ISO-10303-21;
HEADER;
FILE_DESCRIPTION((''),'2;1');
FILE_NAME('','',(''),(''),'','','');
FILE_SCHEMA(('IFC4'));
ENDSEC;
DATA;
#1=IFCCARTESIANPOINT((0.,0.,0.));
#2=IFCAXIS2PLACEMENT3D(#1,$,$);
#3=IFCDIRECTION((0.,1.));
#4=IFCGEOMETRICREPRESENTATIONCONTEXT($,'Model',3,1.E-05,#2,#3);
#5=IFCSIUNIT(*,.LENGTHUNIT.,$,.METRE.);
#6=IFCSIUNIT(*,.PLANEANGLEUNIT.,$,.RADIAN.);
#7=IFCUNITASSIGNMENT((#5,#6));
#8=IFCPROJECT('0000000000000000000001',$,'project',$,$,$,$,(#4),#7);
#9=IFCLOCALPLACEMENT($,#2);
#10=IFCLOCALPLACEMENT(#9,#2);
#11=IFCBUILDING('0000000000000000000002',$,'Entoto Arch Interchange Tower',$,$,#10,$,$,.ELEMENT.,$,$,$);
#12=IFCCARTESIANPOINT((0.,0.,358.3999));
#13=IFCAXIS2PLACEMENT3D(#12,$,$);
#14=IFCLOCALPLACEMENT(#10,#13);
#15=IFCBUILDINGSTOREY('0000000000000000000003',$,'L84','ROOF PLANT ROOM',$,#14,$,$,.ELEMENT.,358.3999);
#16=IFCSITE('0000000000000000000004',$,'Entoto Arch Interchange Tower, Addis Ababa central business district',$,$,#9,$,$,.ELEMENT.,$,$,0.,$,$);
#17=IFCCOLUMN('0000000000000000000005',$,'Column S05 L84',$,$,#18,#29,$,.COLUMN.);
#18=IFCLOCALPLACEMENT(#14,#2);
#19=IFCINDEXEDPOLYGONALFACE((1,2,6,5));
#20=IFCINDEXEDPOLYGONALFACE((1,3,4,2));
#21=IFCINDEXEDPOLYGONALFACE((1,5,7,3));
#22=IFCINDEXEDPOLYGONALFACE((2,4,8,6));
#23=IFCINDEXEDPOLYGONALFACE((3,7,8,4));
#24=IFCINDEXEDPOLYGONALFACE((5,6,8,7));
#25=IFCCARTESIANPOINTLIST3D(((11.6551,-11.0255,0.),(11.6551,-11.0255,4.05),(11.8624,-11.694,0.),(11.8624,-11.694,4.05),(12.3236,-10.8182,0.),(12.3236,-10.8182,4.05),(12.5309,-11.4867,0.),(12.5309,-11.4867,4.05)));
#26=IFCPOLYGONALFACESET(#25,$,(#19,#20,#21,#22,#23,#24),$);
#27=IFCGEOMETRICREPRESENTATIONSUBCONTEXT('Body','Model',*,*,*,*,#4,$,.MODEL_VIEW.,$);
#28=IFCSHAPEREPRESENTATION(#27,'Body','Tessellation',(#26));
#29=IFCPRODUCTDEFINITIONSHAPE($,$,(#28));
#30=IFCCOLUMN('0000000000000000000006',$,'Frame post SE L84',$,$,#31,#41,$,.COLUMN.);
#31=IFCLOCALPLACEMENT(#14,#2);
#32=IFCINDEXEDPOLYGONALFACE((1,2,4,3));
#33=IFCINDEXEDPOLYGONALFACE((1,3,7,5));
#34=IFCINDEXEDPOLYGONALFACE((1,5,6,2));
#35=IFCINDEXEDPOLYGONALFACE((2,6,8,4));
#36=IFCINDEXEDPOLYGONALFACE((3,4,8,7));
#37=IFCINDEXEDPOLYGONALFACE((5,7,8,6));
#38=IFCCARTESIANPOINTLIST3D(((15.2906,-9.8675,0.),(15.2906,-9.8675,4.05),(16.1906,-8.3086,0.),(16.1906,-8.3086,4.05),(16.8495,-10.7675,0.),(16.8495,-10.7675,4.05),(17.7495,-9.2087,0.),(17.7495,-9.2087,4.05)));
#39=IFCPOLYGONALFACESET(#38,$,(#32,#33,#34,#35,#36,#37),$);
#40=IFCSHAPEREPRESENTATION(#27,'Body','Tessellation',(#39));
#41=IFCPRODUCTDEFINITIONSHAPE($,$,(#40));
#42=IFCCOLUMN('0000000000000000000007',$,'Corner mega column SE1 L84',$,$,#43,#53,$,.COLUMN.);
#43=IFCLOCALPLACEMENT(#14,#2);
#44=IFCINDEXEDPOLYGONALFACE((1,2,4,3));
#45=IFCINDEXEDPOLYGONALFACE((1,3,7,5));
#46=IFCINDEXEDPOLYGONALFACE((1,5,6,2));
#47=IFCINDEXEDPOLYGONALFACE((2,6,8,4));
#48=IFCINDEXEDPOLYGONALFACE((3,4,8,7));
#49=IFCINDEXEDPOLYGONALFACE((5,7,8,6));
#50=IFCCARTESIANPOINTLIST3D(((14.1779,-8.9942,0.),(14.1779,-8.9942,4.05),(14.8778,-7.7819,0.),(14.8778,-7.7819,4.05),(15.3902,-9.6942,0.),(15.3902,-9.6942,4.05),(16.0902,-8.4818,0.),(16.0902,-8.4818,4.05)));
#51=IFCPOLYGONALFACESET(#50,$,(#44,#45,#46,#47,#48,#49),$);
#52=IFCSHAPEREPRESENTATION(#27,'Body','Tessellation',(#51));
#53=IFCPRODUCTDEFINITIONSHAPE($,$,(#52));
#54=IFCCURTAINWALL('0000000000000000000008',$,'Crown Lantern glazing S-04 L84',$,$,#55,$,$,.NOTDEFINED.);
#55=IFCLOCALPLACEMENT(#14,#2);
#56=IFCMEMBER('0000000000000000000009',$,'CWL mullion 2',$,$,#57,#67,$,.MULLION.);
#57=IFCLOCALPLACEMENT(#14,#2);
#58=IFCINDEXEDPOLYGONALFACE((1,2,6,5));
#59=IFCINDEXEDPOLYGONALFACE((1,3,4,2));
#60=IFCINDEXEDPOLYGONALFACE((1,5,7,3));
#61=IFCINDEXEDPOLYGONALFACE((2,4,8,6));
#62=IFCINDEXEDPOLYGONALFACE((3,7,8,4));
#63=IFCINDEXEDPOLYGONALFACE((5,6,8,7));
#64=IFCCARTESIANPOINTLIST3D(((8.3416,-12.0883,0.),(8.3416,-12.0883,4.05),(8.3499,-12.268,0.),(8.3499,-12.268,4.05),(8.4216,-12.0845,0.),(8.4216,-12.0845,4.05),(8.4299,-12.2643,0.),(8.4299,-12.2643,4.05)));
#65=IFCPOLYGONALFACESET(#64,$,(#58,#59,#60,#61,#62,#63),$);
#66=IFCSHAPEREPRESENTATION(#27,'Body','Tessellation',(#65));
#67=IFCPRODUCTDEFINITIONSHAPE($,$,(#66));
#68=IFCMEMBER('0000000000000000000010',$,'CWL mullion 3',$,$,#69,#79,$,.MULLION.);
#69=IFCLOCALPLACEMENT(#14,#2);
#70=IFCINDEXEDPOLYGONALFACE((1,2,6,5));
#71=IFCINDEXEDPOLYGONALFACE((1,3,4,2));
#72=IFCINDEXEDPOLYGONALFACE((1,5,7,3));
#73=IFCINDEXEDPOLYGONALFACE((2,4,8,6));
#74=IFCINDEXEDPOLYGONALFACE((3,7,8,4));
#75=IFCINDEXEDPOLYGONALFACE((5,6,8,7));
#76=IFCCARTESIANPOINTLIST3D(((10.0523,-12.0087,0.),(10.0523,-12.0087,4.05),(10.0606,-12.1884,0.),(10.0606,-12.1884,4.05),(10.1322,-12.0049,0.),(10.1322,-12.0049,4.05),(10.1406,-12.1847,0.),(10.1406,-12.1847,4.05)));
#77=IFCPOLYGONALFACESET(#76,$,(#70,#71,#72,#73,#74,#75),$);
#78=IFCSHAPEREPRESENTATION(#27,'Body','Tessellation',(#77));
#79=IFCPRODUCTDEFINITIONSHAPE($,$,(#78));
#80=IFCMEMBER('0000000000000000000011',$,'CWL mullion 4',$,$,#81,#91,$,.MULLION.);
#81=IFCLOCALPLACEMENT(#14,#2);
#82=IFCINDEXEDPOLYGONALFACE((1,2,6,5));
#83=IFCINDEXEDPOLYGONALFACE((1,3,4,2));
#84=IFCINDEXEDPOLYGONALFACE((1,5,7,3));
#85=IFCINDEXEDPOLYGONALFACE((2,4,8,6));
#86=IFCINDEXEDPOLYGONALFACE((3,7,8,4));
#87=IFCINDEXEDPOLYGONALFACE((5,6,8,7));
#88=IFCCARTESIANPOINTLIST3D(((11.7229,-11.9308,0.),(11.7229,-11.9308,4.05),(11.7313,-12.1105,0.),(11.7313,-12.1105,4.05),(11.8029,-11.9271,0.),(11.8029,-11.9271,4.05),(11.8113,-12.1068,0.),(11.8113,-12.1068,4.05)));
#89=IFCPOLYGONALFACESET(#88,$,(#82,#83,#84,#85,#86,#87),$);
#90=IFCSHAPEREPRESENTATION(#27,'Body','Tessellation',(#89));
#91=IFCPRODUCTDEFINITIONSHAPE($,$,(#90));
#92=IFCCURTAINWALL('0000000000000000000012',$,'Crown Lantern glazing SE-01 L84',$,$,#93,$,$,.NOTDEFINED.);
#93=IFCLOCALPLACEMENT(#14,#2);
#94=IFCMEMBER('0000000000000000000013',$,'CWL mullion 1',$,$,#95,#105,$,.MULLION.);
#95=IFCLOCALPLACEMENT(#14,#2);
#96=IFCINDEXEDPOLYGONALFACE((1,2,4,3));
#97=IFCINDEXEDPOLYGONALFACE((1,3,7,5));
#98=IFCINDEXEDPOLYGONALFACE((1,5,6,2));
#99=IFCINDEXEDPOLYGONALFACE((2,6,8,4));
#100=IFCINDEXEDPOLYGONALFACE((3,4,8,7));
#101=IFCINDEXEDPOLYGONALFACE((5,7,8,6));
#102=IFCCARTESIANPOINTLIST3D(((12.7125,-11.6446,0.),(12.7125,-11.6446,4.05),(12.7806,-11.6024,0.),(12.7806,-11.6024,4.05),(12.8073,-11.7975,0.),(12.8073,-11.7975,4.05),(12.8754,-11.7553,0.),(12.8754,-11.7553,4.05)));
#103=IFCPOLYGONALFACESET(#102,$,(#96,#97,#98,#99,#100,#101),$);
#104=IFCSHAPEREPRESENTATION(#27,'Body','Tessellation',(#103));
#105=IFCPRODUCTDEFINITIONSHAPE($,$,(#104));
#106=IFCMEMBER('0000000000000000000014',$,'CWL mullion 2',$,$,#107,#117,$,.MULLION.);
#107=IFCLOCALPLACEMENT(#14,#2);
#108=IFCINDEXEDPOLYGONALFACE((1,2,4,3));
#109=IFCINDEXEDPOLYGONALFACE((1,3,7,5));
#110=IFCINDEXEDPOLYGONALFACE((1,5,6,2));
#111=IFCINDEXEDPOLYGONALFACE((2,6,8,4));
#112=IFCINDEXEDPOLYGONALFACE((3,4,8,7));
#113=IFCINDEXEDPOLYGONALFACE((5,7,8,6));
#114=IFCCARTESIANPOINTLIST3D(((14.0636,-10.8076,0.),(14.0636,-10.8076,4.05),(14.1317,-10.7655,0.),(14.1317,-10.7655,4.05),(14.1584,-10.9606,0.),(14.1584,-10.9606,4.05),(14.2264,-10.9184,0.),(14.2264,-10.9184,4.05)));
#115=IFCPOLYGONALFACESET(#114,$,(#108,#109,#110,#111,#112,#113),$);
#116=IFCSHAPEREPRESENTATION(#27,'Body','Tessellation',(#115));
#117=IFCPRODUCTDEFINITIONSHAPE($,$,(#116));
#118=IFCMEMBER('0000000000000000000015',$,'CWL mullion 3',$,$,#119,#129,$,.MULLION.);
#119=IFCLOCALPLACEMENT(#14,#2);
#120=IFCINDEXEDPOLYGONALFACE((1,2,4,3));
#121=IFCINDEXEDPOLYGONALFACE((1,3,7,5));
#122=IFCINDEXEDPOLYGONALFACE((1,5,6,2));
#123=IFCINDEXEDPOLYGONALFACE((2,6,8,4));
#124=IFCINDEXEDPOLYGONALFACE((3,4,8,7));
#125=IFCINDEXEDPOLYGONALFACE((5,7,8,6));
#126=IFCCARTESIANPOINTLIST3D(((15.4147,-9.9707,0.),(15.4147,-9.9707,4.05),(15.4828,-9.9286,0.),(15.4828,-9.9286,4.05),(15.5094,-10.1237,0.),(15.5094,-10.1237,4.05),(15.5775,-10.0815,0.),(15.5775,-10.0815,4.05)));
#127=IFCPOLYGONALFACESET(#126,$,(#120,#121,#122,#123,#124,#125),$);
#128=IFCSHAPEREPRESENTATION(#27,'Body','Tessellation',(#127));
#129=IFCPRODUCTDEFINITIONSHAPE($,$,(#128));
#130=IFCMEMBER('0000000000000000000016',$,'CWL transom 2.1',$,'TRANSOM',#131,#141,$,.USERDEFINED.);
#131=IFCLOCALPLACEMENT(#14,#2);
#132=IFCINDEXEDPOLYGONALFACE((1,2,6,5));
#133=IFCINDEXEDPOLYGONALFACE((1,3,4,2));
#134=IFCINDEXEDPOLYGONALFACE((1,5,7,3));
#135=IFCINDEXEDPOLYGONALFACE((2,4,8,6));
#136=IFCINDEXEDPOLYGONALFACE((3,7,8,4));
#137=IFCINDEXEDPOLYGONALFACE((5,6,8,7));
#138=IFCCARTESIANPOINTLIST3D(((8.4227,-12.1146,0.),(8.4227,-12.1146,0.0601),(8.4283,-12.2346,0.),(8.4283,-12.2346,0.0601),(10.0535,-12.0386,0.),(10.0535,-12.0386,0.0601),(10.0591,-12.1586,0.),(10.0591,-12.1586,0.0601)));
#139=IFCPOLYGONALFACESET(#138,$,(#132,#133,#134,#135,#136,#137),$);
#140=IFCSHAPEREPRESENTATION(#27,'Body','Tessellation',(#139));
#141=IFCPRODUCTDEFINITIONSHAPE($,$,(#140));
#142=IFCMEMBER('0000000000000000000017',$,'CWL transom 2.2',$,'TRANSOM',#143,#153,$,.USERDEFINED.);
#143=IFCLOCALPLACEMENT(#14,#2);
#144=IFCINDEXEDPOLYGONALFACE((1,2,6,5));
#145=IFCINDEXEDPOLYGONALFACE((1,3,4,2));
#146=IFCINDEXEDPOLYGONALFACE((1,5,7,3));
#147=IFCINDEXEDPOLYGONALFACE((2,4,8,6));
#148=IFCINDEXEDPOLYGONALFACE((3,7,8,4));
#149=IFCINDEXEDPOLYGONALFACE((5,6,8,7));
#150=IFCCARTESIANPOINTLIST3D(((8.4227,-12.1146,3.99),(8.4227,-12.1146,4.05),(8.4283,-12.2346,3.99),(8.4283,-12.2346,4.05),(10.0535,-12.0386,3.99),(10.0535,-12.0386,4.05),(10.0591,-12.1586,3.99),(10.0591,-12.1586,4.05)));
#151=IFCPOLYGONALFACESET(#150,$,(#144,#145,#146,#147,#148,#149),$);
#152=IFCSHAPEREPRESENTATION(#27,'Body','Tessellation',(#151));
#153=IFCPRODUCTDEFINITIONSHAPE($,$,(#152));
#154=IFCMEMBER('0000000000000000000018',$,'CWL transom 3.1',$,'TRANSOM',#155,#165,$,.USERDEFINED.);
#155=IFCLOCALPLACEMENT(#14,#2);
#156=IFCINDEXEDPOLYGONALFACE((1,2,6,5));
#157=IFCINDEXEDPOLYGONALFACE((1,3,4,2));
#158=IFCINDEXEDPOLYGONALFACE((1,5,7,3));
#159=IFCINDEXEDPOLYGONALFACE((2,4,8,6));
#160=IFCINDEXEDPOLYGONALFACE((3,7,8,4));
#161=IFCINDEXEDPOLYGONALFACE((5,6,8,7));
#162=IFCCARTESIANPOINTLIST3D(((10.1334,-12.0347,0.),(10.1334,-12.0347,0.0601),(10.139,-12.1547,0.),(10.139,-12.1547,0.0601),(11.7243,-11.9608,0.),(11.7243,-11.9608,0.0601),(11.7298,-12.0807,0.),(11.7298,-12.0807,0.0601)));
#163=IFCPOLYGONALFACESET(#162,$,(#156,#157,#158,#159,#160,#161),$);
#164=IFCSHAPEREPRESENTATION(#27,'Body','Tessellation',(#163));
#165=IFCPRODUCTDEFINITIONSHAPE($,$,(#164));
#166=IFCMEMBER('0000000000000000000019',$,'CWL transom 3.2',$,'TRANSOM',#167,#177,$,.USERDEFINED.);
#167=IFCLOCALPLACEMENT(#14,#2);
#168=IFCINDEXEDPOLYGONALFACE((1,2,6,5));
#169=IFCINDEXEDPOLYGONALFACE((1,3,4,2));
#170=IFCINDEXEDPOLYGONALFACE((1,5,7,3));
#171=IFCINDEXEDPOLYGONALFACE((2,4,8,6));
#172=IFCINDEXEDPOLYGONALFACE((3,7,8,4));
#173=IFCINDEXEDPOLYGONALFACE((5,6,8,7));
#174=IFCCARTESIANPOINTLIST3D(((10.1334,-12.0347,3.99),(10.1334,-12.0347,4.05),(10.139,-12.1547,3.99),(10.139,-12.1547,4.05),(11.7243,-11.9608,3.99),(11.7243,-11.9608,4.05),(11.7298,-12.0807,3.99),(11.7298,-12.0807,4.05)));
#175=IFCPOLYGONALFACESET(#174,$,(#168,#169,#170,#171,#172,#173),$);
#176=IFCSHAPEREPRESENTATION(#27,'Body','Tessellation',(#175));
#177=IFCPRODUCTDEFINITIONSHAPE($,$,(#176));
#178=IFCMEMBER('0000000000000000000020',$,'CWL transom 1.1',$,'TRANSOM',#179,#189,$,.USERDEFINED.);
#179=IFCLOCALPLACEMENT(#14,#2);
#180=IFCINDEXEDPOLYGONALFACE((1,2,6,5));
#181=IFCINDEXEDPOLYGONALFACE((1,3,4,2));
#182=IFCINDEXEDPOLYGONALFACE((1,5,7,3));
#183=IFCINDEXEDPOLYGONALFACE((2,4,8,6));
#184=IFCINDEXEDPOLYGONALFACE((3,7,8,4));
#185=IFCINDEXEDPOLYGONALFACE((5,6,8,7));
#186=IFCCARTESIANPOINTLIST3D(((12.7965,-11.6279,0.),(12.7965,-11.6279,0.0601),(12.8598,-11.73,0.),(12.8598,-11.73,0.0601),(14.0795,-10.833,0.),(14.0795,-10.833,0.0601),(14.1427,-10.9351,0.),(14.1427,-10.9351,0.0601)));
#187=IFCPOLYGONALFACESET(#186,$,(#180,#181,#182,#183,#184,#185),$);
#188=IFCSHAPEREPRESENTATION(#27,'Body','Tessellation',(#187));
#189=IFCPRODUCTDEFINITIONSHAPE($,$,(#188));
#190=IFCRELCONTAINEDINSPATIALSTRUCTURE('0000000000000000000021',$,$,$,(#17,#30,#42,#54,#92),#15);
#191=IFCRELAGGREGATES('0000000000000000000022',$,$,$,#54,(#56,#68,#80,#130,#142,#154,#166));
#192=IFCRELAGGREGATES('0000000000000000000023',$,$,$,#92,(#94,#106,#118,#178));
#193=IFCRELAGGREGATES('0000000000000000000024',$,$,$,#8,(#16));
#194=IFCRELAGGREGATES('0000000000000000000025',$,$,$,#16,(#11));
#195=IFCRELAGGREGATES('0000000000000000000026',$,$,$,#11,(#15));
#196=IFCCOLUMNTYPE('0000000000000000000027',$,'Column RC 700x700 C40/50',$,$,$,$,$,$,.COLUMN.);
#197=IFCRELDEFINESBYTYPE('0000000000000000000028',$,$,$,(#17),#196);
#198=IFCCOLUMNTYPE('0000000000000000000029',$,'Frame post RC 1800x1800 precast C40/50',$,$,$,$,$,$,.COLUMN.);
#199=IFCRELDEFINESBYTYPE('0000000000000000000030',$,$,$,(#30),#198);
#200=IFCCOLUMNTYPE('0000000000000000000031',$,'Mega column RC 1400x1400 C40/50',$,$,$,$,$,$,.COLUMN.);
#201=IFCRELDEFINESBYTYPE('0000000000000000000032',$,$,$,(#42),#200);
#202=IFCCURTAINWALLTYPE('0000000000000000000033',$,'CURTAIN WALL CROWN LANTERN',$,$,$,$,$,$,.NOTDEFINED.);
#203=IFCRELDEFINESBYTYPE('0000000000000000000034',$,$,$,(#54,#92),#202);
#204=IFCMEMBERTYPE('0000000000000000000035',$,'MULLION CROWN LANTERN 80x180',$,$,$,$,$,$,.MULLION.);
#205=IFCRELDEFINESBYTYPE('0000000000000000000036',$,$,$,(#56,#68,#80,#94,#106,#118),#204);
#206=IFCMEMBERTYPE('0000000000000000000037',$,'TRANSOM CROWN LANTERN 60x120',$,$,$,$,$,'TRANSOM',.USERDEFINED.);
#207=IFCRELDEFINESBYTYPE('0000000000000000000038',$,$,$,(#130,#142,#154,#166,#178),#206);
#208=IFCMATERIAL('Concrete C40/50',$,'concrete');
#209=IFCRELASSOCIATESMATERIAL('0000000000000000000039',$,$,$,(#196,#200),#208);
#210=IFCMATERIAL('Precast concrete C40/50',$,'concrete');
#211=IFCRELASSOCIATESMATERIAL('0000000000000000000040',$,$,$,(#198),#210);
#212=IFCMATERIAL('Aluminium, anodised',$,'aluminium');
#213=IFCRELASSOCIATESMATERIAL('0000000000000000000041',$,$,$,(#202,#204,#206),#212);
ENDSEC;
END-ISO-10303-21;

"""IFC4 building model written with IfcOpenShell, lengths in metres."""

from ifc_helpers import new_model, si_unit, direction, frame, origin, origin_2d, place, context, subcontext, project, spatial, rectangle, extrude, material, material_profile, profile_set, type_object, element, aggregate, save


model = new_model("IFC4")

# Units and contexts
model_context = context("Model", 3, precision=1e-05, world=origin(), true_north=direction((0.0, 1.0)))
body_context = subcontext(model_context, "Body", "Model", "MODEL_VIEW")
ifc_project = project(units=[si_unit("LENGTHUNIT", "METRE"), si_unit("PLANEANGLEUNIT", "RADIAN")], contexts=[model_context])

# Site, building, storey
site_placement = place(None, origin())
site = spatial("IfcSite", under=ifc_project, at=site_placement, Name="Entoto Arch Interchange Tower, Addis Ababa central business district", CompositionType="ELEMENT", RefElevation=0.0)
building_placement = place(site_placement, origin())
building = spatial("IfcBuilding", under=site, at=building_placement, Name="Entoto Arch Interchange Tower", CompositionType="ELEMENT")
storey_placement = place(building_placement, frame((0.0, 0.0, 358.3999)))
storey = spatial("IfcBuildingStorey", under=building, at=storey_placement, Name="L84", Description="ROOF PLANT ROOM", CompositionType="ELEMENT", Elevation=358.3999)

# Columns
ifc_material_1 = material(Name="Concrete C40/50", Category="concrete")
ifc_material_profile_1 = material_profile(ifc_material_1, rectangle(XDim=0.7, YDim=0.7, at=origin_2d()))
ifc_profile_set_1 = profile_set([ifc_material_profile_1], Name="Concrete C40/50")
column_type_1 = type_object("IfcColumnType", Name="Column RC 700x700 C40/50", PredefinedType="COLUMN", material=ifc_profile_set_1)
column_1_placement = place(storey_placement, frame((12.093, -11.2561, 0.0), z_axis=(0.0, 0.0, 1.0), x_axis=(0.955139, 0.296158, 0.0)))
element("IfcColumn", 1, at=column_1_placement, inside=storey, type_object=column_type_1, Name="Column S05 L84", PredefinedType="COLUMN", context=body_context, shape_type="SweptSolid", body=[
    extrude(rectangle(XDim=0.7, YDim=0.7, at=origin_2d()), origin(), (0.0, 0.0, 1.0), 4.05),
])
ifc_material_2 = material(Name="Precast concrete C40/50", Category="concrete")
ifc_material_profile_2 = material_profile(ifc_material_2, rectangle(XDim=1.8, YDim=1.8, at=origin_2d()))
ifc_profile_set_2 = profile_set([ifc_material_profile_2], Name="Precast concrete C40/50")
column_type_2 = type_object("IfcColumnType", Name="Frame post RC 1800x1800 precast C40/50", PredefinedType="COLUMN", material=ifc_profile_set_2)
column_2_placement = place(storey_placement, frame((16.52, -9.5381, 0.0), z_axis=(0.0, 0.0, 1.0), x_axis=(-0.866025, 0.5, 0.0)))
element("IfcColumn", 2, at=column_2_placement, inside=storey, type_object=column_type_2, Name="Frame post SE L84", PredefinedType="COLUMN", context=body_context, shape_type="SweptSolid", body=[
    extrude(rectangle(XDim=1.8, YDim=1.8, at=origin_2d()), origin(), (0.0, 0.0, 1.0), 4.05),
])
ifc_material_profile_3 = material_profile(ifc_material_1, rectangle(XDim=1.3999, YDim=1.3999, at=origin_2d()))
ifc_profile_set_3 = profile_set([ifc_material_profile_3], Name="Concrete C40/50")
column_type_3 = type_object("IfcColumnType", Name="Mega column RC 1400x1400 C40/50", PredefinedType="COLUMN", material=ifc_profile_set_3)
column_3_placement = place(storey_placement, frame((15.134, -8.738, 0.0), z_axis=(0.0, 0.0, 1.0), x_axis=(-0.866025, 0.5, 0.0)))
element("IfcColumn", 3, at=column_3_placement, inside=storey, type_object=column_type_3, Name="Corner mega column SE1 L84", PredefinedType="COLUMN", context=body_context, shape_type="SweptSolid", body=[
    extrude(rectangle(XDim=1.3999, YDim=1.3999, at=origin_2d()), origin(), (0.0, 0.0, 1.0), 4.05),
])

# Curtain walls, members
ifc_material_3 = material(Name="Aluminium, anodised", Category="aluminium")
curtain_wall_type = type_object("IfcCurtainWallType", Name="CURTAIN WALL CROWN LANTERN", PredefinedType="NOTDEFINED", material=ifc_material_3)
curtain_wall_1_placement = place(storey_placement, origin())
curtain_wall_1 = element("IfcCurtainWall", 4, at=curtain_wall_1_placement, inside=storey, type_object=curtain_wall_type, Name="Crown Lantern glazing S-04 L84", PredefinedType="NOTDEFINED")
ifc_material_profile_4 = material_profile(ifc_material_3, rectangle(XDim=0.1799, YDim=0.0801, at=origin_2d()))
ifc_profile_set_4 = profile_set([ifc_material_profile_4], Name="Aluminium, anodised")
member_type_1 = type_object("IfcMemberType", Name="MULLION CROWN LANTERN 80x180", PredefinedType="MULLION", material=ifc_profile_set_4)
member_1_placement = place(storey_placement, frame((8.3857, -12.1763, 0.0), z_axis=(0.0, 0.0, 1.0), x_axis=(-0.04652, 0.998917, 0.0)))
member_1 = element("IfcMember", 5, at=member_1_placement, type_object=member_type_1, Name="CWL mullion 2", PredefinedType="MULLION", context=body_context, shape_type="SweptSolid", body=[
    extrude(rectangle(XDim=0.1799, YDim=0.0801, at=origin_2d()), origin(), (0.0, 0.0, 1.0), 4.05),
])
member_2_placement = place(storey_placement, frame((10.0964, -12.0967, 0.0), z_axis=(0.0, 0.0, 1.0), x_axis=(-0.04652, 0.998917, 0.0)))
member_2 = element("IfcMember", 6, at=member_2_placement, type_object=member_type_1, Name="CWL mullion 3", PredefinedType="MULLION", context=body_context, shape_type="SweptSolid", body=[
    extrude(rectangle(XDim=0.1799, YDim=0.0801, at=origin_2d()), origin(), (0.0, 0.0, 1.0), 4.05),
])
member_3_placement = place(storey_placement, frame((11.7671, -12.0188, 0.0), z_axis=(0.0, 0.0, 1.0), x_axis=(-0.04652, 0.998917, 0.0)))
member_3 = element("IfcMember", 7, at=member_3_placement, type_object=member_type_1, Name="CWL mullion 4", PredefinedType="MULLION", context=body_context, shape_type="SweptSolid", body=[
    extrude(rectangle(XDim=0.1799, YDim=0.0801, at=origin_2d()), origin(), (0.0, 0.0, 1.0), 4.05),
])
curtain_wall_2_placement = place(storey_placement, origin())
curtain_wall_2 = element("IfcCurtainWall", 8, at=curtain_wall_2_placement, inside=storey, type_object=curtain_wall_type, Name="Crown Lantern glazing SE-01 L84", PredefinedType="NOTDEFINED")
member_4_placement = place(storey_placement, frame((12.7939, -11.7, 0.0), z_axis=(0.0, 0.0, 1.0), x_axis=(-0.526629, 0.850095, 0.0)))
member_4 = element("IfcMember", 9, at=member_4_placement, type_object=member_type_1, Name="CWL mullion 1", PredefinedType="MULLION", context=body_context, shape_type="SweptSolid", body=[
    extrude(rectangle(XDim=0.1799, YDim=0.0801, at=origin_2d()), origin(), (0.0, 0.0, 1.0), 4.05),
])
member_5_placement = place(storey_placement, frame((14.145, -10.863, 0.0), z_axis=(0.0, 0.0, 1.0), x_axis=(-0.526629, 0.850095, 0.0)))
member_5 = element("IfcMember", 10, at=member_5_placement, type_object=member_type_1, Name="CWL mullion 2", PredefinedType="MULLION", context=body_context, shape_type="SweptSolid", body=[
    extrude(rectangle(XDim=0.1799, YDim=0.0801, at=origin_2d()), origin(), (0.0, 0.0, 1.0), 4.05),
])
member_6_placement = place(storey_placement, frame((15.4961, -10.0261, 0.0), z_axis=(0.0, 0.0, 1.0), x_axis=(-0.526629, 0.850095, 0.0)))
member_6 = element("IfcMember", 11, at=member_6_placement, type_object=member_type_1, Name="CWL mullion 3", PredefinedType="MULLION", context=body_context, shape_type="SweptSolid", body=[
    extrude(rectangle(XDim=0.1799, YDim=0.0801, at=origin_2d()), origin(), (0.0, 0.0, 1.0), 4.05),
])

# Members
ifc_material_profile_5 = material_profile(ifc_material_3, rectangle(XDim=0.1201, YDim=0.0601, at=origin_2d()))
ifc_profile_set_5 = profile_set([ifc_material_profile_5], Name="Aluminium, anodised")
member_type_2 = type_object("IfcMemberType", Name="TRANSOM CROWN LANTERN 60x120", ElementType="TRANSOM", PredefinedType="USERDEFINED", material=ifc_profile_set_5)
member_7_placement = place(storey_placement, frame((8.4255, -12.1746, 0.03), z_axis=(0.998918, 0.046507, 0.0), x_axis=(-0.046507, 0.998918, 0.0)))
member_7 = element("IfcMember", 12, at=member_7_placement, type_object=member_type_2, Name="CWL transom 2.1", ObjectType="TRANSOM", PredefinedType="USERDEFINED", context=body_context, shape_type="SweptSolid", body=[
    extrude(rectangle(XDim=0.1201, YDim=0.0601, at=origin_2d()), origin(), (0.0, 0.0, 1.0), 1.6326),
])
member_8_placement = place(storey_placement, frame((8.4255, -12.1746, 4.02), z_axis=(0.998918, 0.046507, 0.0), x_axis=(-0.046507, 0.998918, 0.0)))
member_8 = element("IfcMember", 13, at=member_8_placement, type_object=member_type_2, Name="CWL transom 2.2", ObjectType="TRANSOM", PredefinedType="USERDEFINED", context=body_context, shape_type="SweptSolid", body=[
    extrude(rectangle(XDim=0.1201, YDim=0.0601, at=origin_2d()), origin(), (0.0, 0.0, 1.0), 1.6326),
])
member_9_placement = place(storey_placement, frame((10.1362, -12.0947, 0.03), z_axis=(0.998921, 0.046451, 0.0), x_axis=(-0.046451, 0.998921, 0.0)))
member_9 = element("IfcMember", 14, at=member_9_placement, type_object=member_type_2, Name="CWL transom 3.1", ObjectType="TRANSOM", PredefinedType="USERDEFINED", context=body_context, shape_type="SweptSolid", body=[
    extrude(rectangle(XDim=0.1201, YDim=0.0601, at=origin_2d()), origin(), (0.0, 0.0, 1.0), 1.5925),
])
member_10_placement = place(storey_placement, frame((10.1362, -12.0947, 4.02), z_axis=(0.998921, 0.046451, 0.0), x_axis=(-0.046451, 0.998921, 0.0)))
member_10 = element("IfcMember", 15, at=member_10_placement, type_object=member_type_2, Name="CWL transom 3.2", ObjectType="TRANSOM", PredefinedType="USERDEFINED", context=body_context, shape_type="SweptSolid", body=[
    extrude(rectangle(XDim=0.1201, YDim=0.0601, at=origin_2d()), origin(), (0.0, 0.0, 1.0), 1.5925),
])
member_11_placement = place(storey_placement, frame((12.8281, -11.679, 0.03), z_axis=(0.850055, 0.526694, 0.0), x_axis=(-0.526694, 0.850055, 0.0)))
member_11 = element("IfcMember", 16, at=member_11_placement, type_object=member_type_2, Name="CWL transom 1.1", ObjectType="TRANSOM", PredefinedType="USERDEFINED", context=body_context, shape_type="SweptSolid", body=[
    extrude(rectangle(XDim=0.1201, YDim=0.0601, at=origin_2d()), origin(), (0.0, 0.0, 1.0), 1.5093),
])

aggregate(curtain_wall_1, [member_1, member_2, member_3, member_7, member_8, member_9, member_10])
aggregate(curtain_wall_2, [member_4, member_5, member_6, member_11])

save(model, "model.ifc")
